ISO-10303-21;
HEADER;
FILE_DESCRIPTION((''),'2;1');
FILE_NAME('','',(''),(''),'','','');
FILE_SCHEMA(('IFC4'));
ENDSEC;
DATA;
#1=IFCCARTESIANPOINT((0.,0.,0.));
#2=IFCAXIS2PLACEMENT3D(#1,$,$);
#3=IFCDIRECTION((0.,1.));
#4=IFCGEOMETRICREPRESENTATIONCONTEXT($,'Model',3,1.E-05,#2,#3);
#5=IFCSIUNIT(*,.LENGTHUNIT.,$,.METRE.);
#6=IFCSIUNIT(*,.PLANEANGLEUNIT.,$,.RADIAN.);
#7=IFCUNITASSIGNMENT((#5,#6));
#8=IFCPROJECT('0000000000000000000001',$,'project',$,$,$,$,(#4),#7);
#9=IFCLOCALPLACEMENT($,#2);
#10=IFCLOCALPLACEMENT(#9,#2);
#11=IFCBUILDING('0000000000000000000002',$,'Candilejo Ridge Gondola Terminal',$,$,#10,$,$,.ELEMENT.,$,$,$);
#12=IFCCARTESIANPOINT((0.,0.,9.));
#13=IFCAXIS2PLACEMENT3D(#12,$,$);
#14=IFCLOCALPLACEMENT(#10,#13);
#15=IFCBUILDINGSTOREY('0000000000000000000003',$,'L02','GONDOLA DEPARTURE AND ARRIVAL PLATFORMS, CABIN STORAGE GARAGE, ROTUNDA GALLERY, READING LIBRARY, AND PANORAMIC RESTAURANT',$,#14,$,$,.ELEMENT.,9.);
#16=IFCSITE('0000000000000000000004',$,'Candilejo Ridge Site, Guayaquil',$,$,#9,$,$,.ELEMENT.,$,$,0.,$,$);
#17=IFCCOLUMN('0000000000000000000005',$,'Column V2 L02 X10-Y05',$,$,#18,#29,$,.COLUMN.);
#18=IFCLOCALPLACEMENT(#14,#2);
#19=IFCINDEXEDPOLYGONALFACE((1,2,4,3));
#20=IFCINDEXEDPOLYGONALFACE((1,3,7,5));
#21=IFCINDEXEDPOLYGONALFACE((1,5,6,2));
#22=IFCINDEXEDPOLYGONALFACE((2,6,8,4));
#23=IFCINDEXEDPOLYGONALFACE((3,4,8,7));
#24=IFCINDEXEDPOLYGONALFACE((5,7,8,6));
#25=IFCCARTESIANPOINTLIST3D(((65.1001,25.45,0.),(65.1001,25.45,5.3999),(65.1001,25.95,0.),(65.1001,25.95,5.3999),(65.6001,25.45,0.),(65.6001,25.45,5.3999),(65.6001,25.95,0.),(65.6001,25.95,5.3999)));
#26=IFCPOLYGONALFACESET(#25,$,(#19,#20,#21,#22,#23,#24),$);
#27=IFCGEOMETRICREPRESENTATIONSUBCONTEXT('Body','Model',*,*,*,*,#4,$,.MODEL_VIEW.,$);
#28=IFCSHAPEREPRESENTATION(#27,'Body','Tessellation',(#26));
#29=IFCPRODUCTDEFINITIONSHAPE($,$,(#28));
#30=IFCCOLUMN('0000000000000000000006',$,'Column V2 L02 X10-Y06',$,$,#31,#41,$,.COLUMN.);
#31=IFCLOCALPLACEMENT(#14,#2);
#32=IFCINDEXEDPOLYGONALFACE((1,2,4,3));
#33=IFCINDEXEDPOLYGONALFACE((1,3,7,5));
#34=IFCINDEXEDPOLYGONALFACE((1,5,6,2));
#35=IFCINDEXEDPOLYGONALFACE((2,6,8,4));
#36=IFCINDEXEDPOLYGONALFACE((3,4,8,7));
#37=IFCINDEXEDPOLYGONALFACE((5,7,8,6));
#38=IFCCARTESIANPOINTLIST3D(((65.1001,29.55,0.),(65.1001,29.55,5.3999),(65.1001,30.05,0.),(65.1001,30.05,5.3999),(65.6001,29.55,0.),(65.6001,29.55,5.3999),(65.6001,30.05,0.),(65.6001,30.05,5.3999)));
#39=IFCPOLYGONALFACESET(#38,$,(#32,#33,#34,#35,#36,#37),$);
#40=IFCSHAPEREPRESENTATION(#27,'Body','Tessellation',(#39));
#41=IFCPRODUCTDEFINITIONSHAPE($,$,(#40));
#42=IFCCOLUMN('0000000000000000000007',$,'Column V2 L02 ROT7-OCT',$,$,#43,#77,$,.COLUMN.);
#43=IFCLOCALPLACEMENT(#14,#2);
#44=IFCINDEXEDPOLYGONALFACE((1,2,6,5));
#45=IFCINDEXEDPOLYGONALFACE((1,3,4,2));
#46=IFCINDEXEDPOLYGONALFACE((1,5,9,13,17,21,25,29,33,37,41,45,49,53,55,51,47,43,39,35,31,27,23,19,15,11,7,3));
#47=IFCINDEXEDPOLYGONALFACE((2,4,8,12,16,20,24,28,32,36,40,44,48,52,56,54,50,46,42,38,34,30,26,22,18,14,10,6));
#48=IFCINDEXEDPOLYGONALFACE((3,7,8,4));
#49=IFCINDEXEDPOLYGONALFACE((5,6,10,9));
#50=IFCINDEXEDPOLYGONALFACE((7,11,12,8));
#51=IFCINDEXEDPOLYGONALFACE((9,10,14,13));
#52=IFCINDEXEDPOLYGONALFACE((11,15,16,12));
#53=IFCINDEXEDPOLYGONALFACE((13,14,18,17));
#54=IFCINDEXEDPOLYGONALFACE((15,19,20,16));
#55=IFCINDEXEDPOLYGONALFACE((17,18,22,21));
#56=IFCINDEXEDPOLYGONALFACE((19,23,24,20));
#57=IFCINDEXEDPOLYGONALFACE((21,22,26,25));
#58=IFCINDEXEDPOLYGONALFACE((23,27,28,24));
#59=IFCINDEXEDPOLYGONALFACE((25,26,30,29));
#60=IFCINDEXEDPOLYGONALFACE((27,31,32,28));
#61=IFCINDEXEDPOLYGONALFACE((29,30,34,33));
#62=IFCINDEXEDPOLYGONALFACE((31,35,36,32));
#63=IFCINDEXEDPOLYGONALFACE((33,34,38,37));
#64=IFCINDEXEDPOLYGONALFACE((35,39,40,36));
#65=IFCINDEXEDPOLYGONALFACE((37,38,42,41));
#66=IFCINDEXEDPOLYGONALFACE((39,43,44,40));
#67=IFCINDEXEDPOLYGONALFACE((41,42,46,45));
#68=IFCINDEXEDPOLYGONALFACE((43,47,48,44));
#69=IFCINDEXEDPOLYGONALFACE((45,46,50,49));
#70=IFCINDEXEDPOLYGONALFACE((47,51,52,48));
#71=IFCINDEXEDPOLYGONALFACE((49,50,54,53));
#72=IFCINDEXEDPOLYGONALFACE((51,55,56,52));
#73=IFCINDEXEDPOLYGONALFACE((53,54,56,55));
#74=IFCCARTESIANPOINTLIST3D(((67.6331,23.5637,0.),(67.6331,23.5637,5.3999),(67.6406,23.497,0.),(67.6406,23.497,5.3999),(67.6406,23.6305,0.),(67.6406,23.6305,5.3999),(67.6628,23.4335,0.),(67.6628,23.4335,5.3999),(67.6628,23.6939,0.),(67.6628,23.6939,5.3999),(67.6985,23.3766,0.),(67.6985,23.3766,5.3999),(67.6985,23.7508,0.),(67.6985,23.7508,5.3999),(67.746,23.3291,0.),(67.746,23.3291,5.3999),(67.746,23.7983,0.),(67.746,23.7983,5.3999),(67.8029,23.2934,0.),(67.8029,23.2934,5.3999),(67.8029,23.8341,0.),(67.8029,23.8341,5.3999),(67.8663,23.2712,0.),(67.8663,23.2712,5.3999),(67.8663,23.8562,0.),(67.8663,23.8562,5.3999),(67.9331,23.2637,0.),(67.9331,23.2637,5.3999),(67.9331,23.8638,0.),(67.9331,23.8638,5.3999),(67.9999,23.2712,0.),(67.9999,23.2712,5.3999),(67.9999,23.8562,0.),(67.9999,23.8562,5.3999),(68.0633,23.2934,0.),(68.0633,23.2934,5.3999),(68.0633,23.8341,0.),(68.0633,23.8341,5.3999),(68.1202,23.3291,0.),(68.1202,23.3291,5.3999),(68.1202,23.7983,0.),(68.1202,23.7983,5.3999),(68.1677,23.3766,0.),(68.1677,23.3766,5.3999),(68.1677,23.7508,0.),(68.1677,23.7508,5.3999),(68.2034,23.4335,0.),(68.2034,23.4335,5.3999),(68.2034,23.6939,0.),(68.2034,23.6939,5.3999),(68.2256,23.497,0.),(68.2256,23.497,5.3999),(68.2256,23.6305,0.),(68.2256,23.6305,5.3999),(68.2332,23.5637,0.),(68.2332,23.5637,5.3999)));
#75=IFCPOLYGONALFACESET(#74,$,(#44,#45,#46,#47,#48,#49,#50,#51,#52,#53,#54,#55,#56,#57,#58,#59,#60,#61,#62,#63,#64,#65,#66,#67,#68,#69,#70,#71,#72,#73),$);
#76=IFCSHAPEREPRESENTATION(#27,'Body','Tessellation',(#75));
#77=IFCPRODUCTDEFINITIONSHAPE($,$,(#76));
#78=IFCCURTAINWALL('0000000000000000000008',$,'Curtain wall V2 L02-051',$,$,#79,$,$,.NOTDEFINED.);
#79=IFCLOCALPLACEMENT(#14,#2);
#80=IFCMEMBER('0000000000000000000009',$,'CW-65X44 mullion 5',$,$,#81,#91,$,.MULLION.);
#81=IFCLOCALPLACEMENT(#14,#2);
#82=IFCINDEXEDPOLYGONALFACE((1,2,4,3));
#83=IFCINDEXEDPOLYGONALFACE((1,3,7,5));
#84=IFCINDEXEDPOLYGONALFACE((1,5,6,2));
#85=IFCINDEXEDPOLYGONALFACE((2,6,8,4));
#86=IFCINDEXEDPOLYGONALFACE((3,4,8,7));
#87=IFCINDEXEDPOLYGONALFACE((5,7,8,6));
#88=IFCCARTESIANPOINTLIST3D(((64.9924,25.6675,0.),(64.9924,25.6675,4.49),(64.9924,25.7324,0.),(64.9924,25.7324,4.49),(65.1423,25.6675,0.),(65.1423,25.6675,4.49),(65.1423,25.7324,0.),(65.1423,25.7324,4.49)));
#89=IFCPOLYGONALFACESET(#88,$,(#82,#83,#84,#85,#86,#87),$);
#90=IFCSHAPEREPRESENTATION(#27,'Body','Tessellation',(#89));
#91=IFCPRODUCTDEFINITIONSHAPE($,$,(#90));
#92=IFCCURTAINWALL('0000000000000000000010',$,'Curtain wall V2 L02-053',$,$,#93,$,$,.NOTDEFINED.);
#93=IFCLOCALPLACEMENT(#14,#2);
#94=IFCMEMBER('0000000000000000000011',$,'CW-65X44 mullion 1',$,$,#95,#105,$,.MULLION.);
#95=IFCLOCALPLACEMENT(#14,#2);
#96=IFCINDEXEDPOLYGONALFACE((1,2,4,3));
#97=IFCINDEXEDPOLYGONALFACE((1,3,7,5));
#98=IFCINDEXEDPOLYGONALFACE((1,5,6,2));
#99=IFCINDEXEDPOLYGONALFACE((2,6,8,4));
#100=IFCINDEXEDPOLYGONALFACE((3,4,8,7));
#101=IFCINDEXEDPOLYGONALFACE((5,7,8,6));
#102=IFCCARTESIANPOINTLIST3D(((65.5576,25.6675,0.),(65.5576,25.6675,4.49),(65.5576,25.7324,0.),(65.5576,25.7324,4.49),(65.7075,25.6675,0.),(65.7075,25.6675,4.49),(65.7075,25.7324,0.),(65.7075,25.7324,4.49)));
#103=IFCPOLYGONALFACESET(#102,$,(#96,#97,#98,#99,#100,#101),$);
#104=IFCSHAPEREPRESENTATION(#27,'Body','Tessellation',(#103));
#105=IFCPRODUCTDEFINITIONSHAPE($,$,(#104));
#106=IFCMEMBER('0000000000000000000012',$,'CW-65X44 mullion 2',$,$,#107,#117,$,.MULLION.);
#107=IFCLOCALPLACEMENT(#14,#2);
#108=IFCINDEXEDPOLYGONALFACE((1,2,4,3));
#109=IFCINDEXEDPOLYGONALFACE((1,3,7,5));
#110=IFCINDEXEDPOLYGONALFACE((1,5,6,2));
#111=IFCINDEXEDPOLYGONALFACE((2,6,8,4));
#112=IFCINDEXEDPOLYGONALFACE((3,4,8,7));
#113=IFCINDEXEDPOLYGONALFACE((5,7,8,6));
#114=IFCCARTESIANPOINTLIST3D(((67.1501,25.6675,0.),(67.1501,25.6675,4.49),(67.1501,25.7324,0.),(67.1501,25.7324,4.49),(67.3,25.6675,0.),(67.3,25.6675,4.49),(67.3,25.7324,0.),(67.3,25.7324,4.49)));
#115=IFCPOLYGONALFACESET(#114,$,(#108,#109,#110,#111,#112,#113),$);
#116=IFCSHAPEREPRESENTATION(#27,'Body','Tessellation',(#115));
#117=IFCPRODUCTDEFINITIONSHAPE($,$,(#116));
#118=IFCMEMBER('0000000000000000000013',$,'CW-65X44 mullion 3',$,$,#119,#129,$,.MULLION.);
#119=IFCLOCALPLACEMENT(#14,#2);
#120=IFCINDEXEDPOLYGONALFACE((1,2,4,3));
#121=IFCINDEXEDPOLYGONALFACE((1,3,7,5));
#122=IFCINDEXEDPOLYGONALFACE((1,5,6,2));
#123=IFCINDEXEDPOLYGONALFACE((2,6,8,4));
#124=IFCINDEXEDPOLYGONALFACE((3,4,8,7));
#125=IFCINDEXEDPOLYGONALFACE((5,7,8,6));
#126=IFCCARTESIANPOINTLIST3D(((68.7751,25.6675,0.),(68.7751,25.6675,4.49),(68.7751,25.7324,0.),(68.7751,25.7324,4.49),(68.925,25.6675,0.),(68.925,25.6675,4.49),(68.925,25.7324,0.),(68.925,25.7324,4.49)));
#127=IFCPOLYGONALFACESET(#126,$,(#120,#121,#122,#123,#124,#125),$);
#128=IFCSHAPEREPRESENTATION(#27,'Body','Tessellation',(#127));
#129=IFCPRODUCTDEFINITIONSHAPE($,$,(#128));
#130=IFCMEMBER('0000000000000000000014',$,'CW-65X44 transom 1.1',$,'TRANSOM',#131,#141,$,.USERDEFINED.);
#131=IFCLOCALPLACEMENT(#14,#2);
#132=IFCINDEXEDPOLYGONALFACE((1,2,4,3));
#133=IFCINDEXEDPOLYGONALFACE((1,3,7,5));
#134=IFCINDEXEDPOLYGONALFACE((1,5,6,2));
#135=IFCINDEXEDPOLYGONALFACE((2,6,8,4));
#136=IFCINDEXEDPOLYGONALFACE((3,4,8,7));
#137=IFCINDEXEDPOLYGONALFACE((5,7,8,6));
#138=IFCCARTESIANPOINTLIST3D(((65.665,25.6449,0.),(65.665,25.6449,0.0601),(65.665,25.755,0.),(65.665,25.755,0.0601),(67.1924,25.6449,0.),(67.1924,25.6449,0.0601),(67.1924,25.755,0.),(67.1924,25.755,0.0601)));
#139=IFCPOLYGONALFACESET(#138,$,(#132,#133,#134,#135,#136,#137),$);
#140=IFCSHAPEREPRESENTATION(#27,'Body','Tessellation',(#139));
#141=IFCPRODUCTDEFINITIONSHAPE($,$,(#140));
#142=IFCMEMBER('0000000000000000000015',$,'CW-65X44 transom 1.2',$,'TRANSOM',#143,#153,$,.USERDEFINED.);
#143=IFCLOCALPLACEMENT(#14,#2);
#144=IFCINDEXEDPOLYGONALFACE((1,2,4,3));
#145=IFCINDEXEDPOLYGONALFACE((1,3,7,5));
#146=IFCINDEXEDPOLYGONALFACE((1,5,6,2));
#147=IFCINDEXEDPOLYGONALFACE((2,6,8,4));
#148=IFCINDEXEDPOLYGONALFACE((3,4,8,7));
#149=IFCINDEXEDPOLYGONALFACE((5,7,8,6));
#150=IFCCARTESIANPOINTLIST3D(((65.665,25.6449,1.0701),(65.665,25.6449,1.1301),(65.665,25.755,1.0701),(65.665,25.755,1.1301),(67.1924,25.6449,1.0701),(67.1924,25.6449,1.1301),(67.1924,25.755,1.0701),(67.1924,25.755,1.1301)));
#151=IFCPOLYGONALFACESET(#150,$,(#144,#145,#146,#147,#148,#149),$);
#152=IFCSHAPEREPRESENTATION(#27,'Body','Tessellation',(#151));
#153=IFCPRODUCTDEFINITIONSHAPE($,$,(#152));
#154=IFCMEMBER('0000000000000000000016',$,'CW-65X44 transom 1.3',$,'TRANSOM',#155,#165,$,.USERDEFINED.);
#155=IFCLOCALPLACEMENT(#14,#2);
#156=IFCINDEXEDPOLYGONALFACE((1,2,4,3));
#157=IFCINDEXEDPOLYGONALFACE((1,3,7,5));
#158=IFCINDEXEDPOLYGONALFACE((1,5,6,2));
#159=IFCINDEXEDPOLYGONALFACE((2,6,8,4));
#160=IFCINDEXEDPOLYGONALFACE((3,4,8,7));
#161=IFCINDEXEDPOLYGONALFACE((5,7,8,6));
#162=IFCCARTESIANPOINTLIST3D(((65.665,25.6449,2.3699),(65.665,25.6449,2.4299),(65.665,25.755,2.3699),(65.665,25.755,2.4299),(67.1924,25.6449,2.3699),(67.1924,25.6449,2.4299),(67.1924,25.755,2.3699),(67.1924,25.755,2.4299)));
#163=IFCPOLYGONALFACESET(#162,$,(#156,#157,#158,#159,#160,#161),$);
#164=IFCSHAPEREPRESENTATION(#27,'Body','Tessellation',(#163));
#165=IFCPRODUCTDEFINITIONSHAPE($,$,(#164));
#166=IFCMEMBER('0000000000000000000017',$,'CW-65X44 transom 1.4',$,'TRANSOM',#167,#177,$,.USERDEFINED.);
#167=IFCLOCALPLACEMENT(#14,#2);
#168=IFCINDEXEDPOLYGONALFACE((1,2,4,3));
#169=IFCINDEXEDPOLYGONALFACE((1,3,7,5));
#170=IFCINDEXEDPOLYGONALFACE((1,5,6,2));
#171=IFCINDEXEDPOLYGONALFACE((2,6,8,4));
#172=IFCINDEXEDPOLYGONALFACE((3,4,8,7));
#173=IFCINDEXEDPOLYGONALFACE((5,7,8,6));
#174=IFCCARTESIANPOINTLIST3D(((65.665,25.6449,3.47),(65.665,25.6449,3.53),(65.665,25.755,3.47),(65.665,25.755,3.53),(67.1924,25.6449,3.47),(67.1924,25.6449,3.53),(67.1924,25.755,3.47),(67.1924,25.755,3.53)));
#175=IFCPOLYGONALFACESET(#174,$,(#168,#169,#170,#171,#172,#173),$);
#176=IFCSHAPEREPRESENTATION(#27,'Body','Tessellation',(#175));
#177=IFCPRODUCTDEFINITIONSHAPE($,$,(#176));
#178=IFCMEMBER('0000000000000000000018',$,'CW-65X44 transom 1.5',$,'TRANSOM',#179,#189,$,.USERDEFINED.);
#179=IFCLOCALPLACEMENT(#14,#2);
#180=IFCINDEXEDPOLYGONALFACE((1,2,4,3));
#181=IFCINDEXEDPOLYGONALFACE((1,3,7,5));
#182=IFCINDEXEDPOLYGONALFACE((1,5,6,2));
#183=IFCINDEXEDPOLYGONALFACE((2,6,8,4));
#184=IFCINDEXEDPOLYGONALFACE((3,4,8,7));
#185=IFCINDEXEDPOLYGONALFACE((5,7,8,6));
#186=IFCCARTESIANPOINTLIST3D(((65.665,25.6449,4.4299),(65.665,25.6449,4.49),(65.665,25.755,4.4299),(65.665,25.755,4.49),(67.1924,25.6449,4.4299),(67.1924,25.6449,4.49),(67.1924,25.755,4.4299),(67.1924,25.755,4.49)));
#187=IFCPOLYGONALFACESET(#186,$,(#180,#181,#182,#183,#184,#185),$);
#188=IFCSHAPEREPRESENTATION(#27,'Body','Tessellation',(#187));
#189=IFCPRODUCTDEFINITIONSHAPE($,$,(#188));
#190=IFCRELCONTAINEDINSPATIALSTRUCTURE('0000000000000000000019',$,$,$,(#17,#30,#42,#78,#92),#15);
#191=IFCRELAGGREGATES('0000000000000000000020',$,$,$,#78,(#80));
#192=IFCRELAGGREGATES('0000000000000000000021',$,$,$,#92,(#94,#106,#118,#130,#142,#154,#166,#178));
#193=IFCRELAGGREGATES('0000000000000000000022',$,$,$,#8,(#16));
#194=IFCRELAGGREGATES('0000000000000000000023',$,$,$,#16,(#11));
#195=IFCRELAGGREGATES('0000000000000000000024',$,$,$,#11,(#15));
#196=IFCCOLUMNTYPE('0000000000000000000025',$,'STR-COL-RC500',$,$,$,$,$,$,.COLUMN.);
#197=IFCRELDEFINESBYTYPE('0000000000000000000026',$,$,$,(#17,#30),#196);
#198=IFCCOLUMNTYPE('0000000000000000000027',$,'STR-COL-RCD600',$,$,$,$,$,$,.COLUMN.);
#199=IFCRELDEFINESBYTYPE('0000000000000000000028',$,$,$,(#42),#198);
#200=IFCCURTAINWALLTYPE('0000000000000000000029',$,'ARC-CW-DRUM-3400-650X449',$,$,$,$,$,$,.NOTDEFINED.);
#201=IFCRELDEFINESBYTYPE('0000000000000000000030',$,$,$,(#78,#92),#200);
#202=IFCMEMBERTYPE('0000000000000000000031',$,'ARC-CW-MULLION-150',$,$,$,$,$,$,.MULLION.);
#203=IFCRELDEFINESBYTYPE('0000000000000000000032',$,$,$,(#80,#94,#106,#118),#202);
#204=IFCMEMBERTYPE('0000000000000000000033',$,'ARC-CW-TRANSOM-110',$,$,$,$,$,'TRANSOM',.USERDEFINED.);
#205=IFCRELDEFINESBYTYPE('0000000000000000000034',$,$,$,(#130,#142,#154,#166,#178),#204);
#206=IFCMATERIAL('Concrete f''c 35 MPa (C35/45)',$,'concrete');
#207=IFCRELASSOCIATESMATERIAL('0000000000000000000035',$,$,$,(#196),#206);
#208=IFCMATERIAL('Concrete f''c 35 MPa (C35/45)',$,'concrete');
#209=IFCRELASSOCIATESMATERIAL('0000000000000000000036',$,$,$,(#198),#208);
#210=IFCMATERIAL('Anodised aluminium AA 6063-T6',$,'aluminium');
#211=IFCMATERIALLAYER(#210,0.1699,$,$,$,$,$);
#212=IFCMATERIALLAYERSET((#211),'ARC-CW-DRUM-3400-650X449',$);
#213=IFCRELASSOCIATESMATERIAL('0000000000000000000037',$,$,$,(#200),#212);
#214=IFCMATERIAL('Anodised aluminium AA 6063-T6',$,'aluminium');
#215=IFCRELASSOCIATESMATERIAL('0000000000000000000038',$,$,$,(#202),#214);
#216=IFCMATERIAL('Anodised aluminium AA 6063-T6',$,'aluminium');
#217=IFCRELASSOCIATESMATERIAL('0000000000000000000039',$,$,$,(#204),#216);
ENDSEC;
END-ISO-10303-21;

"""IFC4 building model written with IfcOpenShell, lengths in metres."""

from ifc_helpers import new_model, si_unit, direction, frame, origin, origin_2d, place, context, subcontext, project, spatial, rectangle, circle, extrude, material, layer, layer_set, material_profile, profile_set, type_object, element, aggregate, save


model = new_model("IFC4")

# Units and contexts
model_context = context("Model", 3, precision=1e-05, world=origin(), true_north=direction((0.0, 1.0)))
body_context = subcontext(model_context, "Body", "Model", "MODEL_VIEW")
ifc_project = project(units=[si_unit("LENGTHUNIT", "METRE"), si_unit("PLANEANGLEUNIT", "RADIAN")], contexts=[model_context])

# Site, building, storey
site_placement = place(None, origin())
site = spatial("IfcSite", under=ifc_project, at=site_placement, Name="Candilejo Ridge Site, Guayaquil", CompositionType="ELEMENT", RefElevation=0.0)
building_placement = place(site_placement, origin())
building = spatial("IfcBuilding", under=site, at=building_placement, Name="Candilejo Ridge Gondola Terminal", CompositionType="ELEMENT")
storey_placement = place(building_placement, frame((0.0, 0.0, 9.0)))
storey = spatial("IfcBuildingStorey", under=building, at=storey_placement, Name="L02", Description="GONDOLA DEPARTURE AND ARRIVAL PLATFORMS, CABIN STORAGE GARAGE, ROTUNDA GALLERY, READING LIBRARY, AND PANORAMIC RESTAURANT", CompositionType="ELEMENT", Elevation=9.0)

# Columns
ifc_material_1 = material(Name="Concrete f'c 35 MPa (C35/45)", Category="concrete")
ifc_material_profile_1 = material_profile(ifc_material_1, rectangle(XDim=0.5, YDim=0.5, at=origin_2d()))
ifc_profile_set_1 = profile_set([ifc_material_profile_1], Name="Concrete f'c 35 MPa (C35/45)")
column_type_1 = type_object("IfcColumnType", Name="STR-COL-RC500", PredefinedType="COLUMN", material=ifc_profile_set_1)
for number, where, z_axis, x_axis, name in (
    (1, (65.3501, 25.7, 0.0), (0.0, 0.0, 1.0), (1.0, 0.0, 0.0), "Column V2 L02 X10-Y05"),
    (2, (65.3501, 29.8, 0.0), (0.0, 0.0, 1.0), (1.0, 0.0, 0.0), "Column V2 L02 X10-Y06"),
):
    element("IfcColumn", number, at=place(storey_placement, frame(where, z_axis=z_axis, x_axis=x_axis)), inside=storey, type_object=column_type_1, Name=name, PredefinedType="COLUMN", context=body_context, shape_type="SweptSolid", body=[
        extrude(rectangle(XDim=0.5, YDim=0.5, at=origin_2d()), origin(), (0.0, 0.0, 1.0), 5.3999),
    ])
ifc_material_2 = material(Name="Concrete f'c 35 MPa (C35/45)", Category="concrete")
ifc_material_profile_2 = material_profile(ifc_material_2, circle(Radius=0.3, at=origin_2d()))
ifc_profile_set_2 = profile_set([ifc_material_profile_2], Name="Concrete f'c 35 MPa (C35/45)")
column_type_2 = type_object("IfcColumnType", Name="STR-COL-RCD600", PredefinedType="COLUMN", material=ifc_profile_set_2)
column_placement = place(storey_placement, frame((67.9331, 23.5637, 0.0), z_axis=(0.0, 0.0, 1.0), x_axis=(1.0, 0.0, 0.0)))
element("IfcColumn", 3, at=column_placement, inside=storey, type_object=column_type_2, Name="Column V2 L02 ROT7-OCT", PredefinedType="COLUMN", context=body_context, shape_type="SweptSolid", body=[
    extrude(circle(Radius=0.3, at=origin_2d()), origin(), (0.0, 0.0, 1.0), 5.3999),
])

# Curtain wall, member
ifc_material_3 = material(Name="Anodised aluminium AA 6063-T6", Category="aluminium")
ifc_layer_1 = layer(ifc_material_3, 0.1699)
ifc_layer_set_1 = layer_set([ifc_layer_1], Name="ARC-CW-DRUM-3400-650X449")
curtain_wall_type = type_object("IfcCurtainWallType", Name="ARC-CW-DRUM-3400-650X449", PredefinedType="NOTDEFINED", material=ifc_layer_set_1)
curtain_wall_1_placement = place(storey_placement, origin())
curtain_wall_1 = element("IfcCurtainWall", 4, at=curtain_wall_1_placement, inside=storey, type_object=curtain_wall_type, Name="Curtain wall V2 L02-051", PredefinedType="NOTDEFINED")
ifc_material_4 = material(Name="Anodised aluminium AA 6063-T6", Category="aluminium")
ifc_material_profile_3 = material_profile(ifc_material_4, rectangle(XDim=0.0649, YDim=0.1499, at=origin_2d()))
ifc_profile_set_3 = profile_set([ifc_material_profile_3], Name="Anodised aluminium AA 6063-T6")
member_type_1 = type_object("IfcMemberType", Name="ARC-CW-MULLION-150", PredefinedType="MULLION", material=ifc_profile_set_3)
member_1_placement = place(storey_placement, frame((65.0674, 25.7, 0.0), z_axis=(0.0, 0.0, 1.0), x_axis=(0.0, 1.0, 0.0)))
member_1 = element("IfcMember", 5, at=member_1_placement, type_object=member_type_1, Name="CW-65X44 mullion 5", PredefinedType="MULLION", context=body_context, shape_type="SweptSolid", body=[
    extrude(rectangle(XDim=0.0649, YDim=0.1499, at=origin_2d()), origin(), (0.0, 0.0, 1.0), 4.49),
])
aggregate(curtain_wall_1, [member_1])

# Curtain wall, members
curtain_wall_2_placement = place(storey_placement, origin())
curtain_wall_2 = element("IfcCurtainWall", 6, at=curtain_wall_2_placement, inside=storey, type_object=curtain_wall_type, Name="Curtain wall V2 L02-053", PredefinedType="NOTDEFINED")
member_2_placement = place(storey_placement, frame((65.6326, 25.7, 0.0), z_axis=(0.0, 0.0, 1.0), x_axis=(0.0, 1.0, 0.0)))
member_2 = element("IfcMember", 7, at=member_2_placement, type_object=member_type_1, Name="CW-65X44 mullion 1", PredefinedType="MULLION", context=body_context, shape_type="SweptSolid", body=[
    extrude(rectangle(XDim=0.0649, YDim=0.1499, at=origin_2d()), origin(), (0.0, 0.0, 1.0), 4.49),
])
member_3_placement = place(storey_placement, frame((67.2251, 25.7, 0.0), z_axis=(0.0, 0.0, 1.0), x_axis=(0.0, 1.0, 0.0)))
member_3 = element("IfcMember", 8, at=member_3_placement, type_object=member_type_1, Name="CW-65X44 mullion 2", PredefinedType="MULLION", context=body_context, shape_type="SweptSolid", body=[
    extrude(rectangle(XDim=0.0649, YDim=0.1499, at=origin_2d()), origin(), (0.0, 0.0, 1.0), 4.49),
])
member_4_placement = place(storey_placement, frame((68.8501, 25.7, 0.0), z_axis=(0.0, 0.0, 1.0), x_axis=(0.0, 1.0, 0.0)))
member_4 = element("IfcMember", 9, at=member_4_placement, type_object=member_type_1, Name="CW-65X44 mullion 3", PredefinedType="MULLION", context=body_context, shape_type="SweptSolid", body=[
    extrude(rectangle(XDim=0.0649, YDim=0.1499, at=origin_2d()), origin(), (0.0, 0.0, 1.0), 4.49),
])
ifc_material_5 = material(Name="Anodised aluminium AA 6063-T6", Category="aluminium")
ifc_material_profile_4 = material_profile(ifc_material_5, rectangle(XDim=0.1101, YDim=0.0601, at=origin_2d()))
ifc_profile_set_4 = profile_set([ifc_material_profile_4], Name="Anodised aluminium AA 6063-T6")
member_type_2 = type_object("IfcMemberType", Name="ARC-CW-TRANSOM-110", ElementType="TRANSOM", PredefinedType="USERDEFINED", material=ifc_profile_set_4)
member_5_placement = place(storey_placement, frame((65.665, 25.7, 0.03), z_axis=(1.0, 0.0, 0.0), x_axis=(0.0, 1.0, 0.0)))
member_5 = element("IfcMember", 10, at=member_5_placement, type_object=member_type_2, Name="CW-65X44 transom 1.1", ObjectType="TRANSOM", PredefinedType="USERDEFINED", context=body_context, shape_type="SweptSolid", body=[
    extrude(rectangle(XDim=0.1101, YDim=0.0601, at=origin_2d()), origin(), (0.0, 0.0, 1.0), 1.5273),
])
member_6_placement = place(storey_placement, frame((65.665, 25.7, 1.1001), z_axis=(1.0, 0.0, 0.0), x_axis=(0.0, 1.0, 0.0)))
member_6 = element("IfcMember", 11, at=member_6_placement, type_object=member_type_2, Name="CW-65X44 transom 1.2", ObjectType="TRANSOM", PredefinedType="USERDEFINED", context=body_context, shape_type="SweptSolid", body=[
    extrude(rectangle(XDim=0.1101, YDim=0.0601, at=origin_2d()), origin(), (0.0, 0.0, 1.0), 1.5273),
])
member_7_placement = place(storey_placement, frame((65.665, 25.7, 2.3999), z_axis=(1.0, 0.0, 0.0), x_axis=(0.0, 1.0, 0.0)))
member_7 = element("IfcMember", 12, at=member_7_placement, type_object=member_type_2, Name="CW-65X44 transom 1.3", ObjectType="TRANSOM", PredefinedType="USERDEFINED", context=body_context, shape_type="SweptSolid", body=[
    extrude(rectangle(XDim=0.1101, YDim=0.0601, at=origin_2d()), origin(), (0.0, 0.0, 1.0), 1.5273),
])
member_8_placement = place(storey_placement, frame((65.665, 25.7, 3.5), z_axis=(1.0, 0.0, 0.0), x_axis=(0.0, 1.0, 0.0)))
member_8 = element("IfcMember", 13, at=member_8_placement, type_object=member_type_2, Name="CW-65X44 transom 1.4", ObjectType="TRANSOM", PredefinedType="USERDEFINED", context=body_context, shape_type="SweptSolid", body=[
    extrude(rectangle(XDim=0.1101, YDim=0.0601, at=origin_2d()), origin(), (0.0, 0.0, 1.0), 1.5273),
])
member_9_placement = place(storey_placement, frame((65.665, 25.7, 4.46), z_axis=(1.0, 0.0, 0.0), x_axis=(0.0, 1.0, 0.0)))
member_9 = element("IfcMember", 14, at=member_9_placement, type_object=member_type_2, Name="CW-65X44 transom 1.5", ObjectType="TRANSOM", PredefinedType="USERDEFINED", context=body_context, shape_type="SweptSolid", body=[
    extrude(rectangle(XDim=0.1101, YDim=0.0601, at=origin_2d()), origin(), (0.0, 0.0, 1.0), 1.5273),
])

aggregate(curtain_wall_2, [member_2, member_3, member_4, member_5, member_6, member_7, member_8, member_9])

save(model, "model.ifc")
